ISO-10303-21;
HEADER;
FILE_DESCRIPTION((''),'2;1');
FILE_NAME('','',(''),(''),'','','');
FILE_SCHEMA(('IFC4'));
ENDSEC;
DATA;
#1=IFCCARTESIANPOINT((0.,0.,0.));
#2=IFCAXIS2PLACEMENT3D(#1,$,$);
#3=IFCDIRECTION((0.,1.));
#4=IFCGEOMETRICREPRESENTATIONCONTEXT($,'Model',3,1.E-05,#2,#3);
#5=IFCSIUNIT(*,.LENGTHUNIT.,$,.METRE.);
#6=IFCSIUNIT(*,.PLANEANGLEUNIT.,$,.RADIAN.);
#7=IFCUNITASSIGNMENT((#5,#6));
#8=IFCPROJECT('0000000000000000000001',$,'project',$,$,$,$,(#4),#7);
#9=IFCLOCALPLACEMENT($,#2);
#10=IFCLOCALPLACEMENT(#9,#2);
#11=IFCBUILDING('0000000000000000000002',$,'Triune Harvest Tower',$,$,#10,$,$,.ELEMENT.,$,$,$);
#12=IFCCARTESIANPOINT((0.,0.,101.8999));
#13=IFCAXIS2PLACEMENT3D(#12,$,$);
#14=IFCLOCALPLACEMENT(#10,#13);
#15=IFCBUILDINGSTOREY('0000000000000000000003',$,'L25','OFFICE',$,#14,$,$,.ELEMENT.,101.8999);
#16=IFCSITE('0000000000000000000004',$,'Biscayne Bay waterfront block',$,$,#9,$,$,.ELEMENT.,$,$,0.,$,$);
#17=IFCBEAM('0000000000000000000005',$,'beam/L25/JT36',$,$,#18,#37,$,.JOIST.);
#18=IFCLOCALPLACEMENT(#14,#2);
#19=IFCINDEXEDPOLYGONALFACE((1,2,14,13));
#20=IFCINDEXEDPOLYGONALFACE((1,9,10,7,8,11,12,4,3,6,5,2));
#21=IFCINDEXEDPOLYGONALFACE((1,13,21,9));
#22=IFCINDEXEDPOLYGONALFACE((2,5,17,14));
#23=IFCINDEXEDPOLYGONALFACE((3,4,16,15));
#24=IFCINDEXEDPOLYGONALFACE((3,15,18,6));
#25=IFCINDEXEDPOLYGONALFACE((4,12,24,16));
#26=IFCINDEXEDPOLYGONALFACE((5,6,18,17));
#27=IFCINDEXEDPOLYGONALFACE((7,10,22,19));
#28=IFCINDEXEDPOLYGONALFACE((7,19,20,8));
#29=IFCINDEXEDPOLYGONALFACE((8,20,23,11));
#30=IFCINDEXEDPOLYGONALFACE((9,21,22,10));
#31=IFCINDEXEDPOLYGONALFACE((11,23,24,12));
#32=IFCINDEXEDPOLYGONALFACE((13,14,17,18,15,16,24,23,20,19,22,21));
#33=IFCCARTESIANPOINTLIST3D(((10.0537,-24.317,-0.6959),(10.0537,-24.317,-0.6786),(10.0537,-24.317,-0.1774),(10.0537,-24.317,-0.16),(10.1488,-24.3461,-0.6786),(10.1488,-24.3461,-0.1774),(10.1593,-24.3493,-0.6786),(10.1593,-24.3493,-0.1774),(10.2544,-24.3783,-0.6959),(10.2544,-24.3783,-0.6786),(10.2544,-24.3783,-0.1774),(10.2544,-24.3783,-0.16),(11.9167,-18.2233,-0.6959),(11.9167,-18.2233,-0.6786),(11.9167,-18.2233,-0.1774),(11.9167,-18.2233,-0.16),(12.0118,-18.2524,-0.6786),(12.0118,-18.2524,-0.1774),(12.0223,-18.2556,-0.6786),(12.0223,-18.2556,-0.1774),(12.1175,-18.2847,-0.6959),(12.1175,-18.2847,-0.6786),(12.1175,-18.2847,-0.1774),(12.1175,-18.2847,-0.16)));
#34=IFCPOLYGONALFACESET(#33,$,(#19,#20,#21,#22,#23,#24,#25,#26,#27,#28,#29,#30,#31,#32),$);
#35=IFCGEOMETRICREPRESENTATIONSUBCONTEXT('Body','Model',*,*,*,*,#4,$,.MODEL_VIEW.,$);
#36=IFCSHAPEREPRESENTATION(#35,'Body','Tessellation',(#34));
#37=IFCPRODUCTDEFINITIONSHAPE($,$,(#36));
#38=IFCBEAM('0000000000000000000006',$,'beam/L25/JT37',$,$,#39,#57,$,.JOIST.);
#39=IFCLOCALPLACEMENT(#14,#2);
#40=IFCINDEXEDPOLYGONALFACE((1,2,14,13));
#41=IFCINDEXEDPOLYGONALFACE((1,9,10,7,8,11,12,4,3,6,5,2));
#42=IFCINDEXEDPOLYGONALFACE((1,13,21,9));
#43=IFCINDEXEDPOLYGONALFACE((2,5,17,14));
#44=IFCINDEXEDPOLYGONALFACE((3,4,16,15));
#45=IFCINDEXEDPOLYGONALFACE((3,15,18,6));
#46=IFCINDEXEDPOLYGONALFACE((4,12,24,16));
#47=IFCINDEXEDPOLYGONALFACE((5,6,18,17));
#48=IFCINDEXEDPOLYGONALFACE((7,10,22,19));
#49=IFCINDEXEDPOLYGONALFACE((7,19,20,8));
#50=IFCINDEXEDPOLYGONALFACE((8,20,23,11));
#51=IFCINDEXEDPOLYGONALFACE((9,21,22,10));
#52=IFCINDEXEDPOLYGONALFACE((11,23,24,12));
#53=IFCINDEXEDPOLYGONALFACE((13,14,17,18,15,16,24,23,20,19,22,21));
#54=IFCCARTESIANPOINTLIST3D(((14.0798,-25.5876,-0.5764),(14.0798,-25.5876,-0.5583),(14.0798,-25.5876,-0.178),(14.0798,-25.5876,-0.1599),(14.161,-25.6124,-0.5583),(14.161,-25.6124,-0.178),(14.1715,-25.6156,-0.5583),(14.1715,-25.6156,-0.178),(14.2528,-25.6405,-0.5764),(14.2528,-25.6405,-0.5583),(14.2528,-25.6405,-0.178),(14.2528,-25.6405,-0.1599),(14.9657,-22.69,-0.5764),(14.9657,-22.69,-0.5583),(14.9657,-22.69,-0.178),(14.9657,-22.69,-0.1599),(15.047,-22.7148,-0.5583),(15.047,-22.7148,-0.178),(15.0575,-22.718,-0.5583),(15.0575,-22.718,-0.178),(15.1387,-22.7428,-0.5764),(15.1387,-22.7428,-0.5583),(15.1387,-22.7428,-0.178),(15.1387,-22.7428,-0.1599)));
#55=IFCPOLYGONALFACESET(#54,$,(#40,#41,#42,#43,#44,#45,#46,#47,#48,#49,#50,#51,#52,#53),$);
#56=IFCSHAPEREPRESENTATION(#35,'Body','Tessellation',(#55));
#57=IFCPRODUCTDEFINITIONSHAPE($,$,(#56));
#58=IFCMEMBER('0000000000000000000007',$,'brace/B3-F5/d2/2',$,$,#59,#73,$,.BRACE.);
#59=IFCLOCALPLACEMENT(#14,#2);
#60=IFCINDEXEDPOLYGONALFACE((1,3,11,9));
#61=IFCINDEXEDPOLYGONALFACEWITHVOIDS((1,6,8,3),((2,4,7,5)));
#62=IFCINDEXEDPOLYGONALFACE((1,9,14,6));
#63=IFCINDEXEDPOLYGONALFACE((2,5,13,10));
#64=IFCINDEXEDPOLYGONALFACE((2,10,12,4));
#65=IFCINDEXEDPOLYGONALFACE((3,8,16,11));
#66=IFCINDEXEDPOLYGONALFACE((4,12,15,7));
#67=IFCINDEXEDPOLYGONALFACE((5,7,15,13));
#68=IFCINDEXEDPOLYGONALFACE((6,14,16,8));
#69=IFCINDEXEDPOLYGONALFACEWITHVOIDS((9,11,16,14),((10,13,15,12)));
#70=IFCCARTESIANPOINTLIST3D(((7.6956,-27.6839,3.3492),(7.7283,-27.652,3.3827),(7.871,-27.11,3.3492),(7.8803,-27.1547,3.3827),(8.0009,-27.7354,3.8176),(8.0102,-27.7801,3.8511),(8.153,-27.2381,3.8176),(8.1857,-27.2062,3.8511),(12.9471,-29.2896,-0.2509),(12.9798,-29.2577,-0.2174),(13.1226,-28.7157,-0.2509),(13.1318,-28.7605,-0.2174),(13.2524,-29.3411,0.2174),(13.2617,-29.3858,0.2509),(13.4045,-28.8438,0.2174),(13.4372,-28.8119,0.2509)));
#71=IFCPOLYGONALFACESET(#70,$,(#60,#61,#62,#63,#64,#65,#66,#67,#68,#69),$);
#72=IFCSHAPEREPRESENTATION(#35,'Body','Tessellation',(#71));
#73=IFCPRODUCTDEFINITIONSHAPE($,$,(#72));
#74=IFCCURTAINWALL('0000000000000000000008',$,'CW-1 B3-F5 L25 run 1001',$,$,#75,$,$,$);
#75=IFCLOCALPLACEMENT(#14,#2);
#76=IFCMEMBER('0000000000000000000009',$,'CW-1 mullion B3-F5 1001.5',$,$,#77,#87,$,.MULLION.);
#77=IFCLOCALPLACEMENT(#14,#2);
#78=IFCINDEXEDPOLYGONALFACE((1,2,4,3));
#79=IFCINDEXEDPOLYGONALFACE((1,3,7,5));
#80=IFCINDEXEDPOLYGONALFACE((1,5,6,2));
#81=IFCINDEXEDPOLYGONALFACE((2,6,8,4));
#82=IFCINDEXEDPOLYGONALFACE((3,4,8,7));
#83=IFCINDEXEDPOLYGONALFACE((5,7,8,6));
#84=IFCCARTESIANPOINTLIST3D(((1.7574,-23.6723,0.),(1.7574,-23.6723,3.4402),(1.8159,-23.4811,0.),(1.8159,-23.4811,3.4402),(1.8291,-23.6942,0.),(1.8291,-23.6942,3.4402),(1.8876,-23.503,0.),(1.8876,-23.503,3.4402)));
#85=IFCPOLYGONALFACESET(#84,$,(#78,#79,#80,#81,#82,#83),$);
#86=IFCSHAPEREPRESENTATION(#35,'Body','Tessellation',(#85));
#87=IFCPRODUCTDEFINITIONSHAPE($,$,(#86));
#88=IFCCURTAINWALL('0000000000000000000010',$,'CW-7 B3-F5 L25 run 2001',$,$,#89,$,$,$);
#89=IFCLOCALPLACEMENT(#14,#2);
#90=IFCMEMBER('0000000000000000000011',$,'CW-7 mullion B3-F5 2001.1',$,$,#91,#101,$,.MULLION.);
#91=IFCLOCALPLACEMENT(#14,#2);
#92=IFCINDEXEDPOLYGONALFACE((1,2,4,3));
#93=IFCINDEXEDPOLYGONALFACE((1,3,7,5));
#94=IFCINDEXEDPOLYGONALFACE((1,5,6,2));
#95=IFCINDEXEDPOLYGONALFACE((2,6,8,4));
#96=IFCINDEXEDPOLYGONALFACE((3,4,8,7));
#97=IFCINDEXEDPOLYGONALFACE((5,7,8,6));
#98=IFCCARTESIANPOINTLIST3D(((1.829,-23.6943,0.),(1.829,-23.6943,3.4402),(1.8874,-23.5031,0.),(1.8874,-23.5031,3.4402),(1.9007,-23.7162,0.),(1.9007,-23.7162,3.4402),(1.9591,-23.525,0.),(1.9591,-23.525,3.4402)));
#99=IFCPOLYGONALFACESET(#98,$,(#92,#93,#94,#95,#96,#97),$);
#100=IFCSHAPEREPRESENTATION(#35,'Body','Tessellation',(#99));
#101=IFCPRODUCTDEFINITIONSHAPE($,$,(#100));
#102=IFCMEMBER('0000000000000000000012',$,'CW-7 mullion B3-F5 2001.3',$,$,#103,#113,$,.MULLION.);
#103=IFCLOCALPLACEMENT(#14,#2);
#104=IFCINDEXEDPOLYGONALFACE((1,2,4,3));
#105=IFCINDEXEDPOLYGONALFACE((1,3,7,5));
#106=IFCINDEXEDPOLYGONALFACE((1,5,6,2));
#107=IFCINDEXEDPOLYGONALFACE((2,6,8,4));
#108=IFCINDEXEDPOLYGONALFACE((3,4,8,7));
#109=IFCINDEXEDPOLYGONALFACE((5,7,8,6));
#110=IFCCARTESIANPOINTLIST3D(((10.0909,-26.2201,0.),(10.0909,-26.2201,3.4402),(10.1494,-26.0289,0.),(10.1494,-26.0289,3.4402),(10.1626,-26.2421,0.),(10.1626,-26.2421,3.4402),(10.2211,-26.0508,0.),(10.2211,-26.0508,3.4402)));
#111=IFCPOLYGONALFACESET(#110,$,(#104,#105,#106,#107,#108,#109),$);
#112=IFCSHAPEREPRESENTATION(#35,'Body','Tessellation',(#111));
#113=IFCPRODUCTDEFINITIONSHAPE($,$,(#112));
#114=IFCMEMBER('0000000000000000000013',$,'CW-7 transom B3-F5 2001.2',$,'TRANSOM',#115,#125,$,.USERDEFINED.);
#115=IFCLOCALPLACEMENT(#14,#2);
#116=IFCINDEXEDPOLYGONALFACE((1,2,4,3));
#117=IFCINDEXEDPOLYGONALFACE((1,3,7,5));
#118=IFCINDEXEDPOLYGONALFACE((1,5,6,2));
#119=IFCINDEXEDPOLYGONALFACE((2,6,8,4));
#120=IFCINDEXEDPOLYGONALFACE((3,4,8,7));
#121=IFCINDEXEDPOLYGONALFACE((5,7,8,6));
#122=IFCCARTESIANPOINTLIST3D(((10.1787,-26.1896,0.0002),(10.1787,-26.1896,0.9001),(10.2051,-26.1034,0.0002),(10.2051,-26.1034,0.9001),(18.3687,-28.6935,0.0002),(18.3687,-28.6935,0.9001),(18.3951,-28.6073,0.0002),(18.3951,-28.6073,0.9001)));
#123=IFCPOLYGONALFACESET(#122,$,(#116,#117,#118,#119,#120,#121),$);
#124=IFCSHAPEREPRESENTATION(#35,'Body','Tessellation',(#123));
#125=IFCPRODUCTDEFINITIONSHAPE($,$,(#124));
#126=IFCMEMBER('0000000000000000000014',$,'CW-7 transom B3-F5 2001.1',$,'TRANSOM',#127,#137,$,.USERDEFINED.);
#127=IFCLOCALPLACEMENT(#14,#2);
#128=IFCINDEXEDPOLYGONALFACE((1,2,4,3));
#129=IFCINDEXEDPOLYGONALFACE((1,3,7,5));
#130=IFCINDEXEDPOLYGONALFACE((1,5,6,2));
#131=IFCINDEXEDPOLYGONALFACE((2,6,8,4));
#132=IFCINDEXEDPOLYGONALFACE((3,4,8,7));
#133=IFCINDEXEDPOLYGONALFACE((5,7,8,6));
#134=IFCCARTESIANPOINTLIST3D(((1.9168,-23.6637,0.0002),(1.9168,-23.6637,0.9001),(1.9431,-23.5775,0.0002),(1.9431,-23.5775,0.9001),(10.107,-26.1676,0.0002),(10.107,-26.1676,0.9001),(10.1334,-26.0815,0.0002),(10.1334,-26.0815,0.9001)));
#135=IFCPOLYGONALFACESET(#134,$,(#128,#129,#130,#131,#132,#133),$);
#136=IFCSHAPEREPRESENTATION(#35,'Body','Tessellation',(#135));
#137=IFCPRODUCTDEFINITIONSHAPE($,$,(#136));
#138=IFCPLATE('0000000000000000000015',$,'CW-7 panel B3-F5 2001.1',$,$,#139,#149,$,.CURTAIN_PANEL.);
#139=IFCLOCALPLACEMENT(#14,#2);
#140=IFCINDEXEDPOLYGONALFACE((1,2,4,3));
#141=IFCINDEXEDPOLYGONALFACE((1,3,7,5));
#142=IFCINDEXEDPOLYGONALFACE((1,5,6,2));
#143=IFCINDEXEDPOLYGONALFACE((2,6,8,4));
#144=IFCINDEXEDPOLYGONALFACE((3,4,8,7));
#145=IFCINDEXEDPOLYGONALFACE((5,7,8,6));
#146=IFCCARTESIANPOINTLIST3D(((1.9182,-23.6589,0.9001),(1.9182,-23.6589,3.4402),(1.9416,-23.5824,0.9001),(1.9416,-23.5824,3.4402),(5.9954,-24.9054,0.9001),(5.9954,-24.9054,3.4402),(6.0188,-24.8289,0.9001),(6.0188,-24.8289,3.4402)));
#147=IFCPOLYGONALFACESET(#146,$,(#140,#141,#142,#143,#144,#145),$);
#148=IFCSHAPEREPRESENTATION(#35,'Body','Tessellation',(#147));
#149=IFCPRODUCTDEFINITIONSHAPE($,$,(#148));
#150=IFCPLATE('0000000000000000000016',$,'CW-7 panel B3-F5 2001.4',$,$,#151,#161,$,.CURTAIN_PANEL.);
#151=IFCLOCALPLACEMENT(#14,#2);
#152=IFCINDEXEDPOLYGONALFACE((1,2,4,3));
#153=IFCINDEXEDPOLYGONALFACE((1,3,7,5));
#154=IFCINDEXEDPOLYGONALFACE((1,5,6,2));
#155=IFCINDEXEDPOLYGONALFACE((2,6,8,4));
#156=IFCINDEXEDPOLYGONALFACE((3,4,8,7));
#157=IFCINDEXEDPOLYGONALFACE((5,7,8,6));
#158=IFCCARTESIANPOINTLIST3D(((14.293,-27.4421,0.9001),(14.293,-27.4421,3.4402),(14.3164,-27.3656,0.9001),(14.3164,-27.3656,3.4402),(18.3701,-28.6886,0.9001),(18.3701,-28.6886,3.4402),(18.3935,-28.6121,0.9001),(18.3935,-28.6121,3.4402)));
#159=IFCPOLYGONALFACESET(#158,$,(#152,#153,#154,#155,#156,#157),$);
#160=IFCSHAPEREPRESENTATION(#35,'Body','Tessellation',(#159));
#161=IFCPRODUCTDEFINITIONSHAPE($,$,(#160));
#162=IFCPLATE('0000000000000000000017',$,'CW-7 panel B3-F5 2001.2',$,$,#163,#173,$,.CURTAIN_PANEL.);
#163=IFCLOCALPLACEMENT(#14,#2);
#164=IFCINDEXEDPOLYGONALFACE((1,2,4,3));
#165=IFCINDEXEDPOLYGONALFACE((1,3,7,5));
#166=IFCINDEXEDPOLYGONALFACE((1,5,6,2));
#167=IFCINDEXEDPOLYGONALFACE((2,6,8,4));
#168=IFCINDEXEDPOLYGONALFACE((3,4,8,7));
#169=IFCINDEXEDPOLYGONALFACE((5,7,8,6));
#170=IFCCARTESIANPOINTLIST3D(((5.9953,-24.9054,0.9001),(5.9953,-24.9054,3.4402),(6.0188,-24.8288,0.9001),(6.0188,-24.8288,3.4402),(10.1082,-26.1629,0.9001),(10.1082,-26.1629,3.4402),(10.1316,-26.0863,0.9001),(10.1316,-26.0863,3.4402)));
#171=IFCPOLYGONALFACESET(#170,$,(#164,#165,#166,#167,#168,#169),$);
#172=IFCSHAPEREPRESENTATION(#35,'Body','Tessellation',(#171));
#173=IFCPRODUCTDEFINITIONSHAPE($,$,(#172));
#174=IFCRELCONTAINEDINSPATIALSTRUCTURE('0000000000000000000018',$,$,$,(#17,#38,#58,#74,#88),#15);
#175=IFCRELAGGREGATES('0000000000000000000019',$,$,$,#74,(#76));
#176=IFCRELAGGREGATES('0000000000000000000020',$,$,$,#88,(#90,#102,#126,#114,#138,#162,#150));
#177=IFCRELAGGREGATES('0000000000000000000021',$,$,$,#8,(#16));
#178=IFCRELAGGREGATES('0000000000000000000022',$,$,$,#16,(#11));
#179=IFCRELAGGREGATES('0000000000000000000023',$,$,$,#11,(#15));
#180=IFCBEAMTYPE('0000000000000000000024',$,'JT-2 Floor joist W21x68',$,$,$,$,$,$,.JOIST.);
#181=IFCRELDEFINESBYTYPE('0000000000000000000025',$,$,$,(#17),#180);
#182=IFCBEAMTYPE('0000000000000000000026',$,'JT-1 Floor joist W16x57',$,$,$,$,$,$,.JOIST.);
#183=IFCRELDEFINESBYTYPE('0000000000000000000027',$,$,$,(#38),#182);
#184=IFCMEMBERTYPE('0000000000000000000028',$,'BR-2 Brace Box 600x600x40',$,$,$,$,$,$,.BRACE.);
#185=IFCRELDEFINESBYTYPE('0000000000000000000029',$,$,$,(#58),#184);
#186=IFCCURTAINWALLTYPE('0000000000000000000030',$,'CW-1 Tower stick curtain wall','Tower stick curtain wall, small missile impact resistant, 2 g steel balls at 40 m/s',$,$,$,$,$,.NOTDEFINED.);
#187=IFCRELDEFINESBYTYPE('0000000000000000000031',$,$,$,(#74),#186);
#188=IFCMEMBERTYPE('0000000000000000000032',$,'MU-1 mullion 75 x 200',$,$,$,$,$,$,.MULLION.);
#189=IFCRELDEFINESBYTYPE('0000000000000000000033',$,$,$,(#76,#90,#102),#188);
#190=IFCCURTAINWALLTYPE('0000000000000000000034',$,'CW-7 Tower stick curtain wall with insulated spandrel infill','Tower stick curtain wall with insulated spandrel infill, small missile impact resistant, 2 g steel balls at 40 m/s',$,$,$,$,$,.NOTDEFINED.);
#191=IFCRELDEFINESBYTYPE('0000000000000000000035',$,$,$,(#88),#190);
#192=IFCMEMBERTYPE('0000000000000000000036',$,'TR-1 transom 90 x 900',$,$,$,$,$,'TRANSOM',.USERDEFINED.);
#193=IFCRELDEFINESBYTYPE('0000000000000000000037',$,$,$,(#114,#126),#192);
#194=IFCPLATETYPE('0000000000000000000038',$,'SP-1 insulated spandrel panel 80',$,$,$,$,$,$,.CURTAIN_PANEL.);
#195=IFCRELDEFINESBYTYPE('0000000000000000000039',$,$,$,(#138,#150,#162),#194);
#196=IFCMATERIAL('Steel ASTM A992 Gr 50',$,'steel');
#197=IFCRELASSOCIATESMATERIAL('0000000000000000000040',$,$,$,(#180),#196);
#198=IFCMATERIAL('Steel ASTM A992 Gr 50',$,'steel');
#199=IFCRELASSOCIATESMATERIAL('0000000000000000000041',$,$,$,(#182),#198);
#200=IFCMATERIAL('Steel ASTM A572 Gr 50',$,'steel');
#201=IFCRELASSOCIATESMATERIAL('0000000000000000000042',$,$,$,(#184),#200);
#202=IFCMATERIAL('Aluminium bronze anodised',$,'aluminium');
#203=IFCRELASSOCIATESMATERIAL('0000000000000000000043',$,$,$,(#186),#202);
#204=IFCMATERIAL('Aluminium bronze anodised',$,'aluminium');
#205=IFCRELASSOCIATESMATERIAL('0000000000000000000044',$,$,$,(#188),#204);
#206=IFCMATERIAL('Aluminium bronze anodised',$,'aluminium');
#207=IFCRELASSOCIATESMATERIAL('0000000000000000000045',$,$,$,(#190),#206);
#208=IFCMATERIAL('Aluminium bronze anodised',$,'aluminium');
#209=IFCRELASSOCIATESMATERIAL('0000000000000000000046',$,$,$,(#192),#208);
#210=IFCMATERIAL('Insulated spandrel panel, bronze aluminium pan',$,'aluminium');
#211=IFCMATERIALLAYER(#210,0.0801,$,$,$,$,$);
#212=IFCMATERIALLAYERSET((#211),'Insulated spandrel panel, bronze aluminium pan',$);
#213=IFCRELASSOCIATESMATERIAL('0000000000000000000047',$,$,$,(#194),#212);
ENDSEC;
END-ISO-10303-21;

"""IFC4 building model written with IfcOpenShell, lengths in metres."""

from ifc_helpers import new_model, si_unit, direction, frame, origin, origin_2d, place, context, subcontext, project, spatial, rectangle, hollow_rectangle, i_section, extrude, source, transform, mapped, material, layer, layer_set, material_profile, profile_set, type_object, element, aggregate, save


model = new_model("IFC4")

# Units and contexts
model_context = context("Model", 3, precision=1e-05, world=origin(), true_north=direction((0.0, 1.0)))
body_context = subcontext(model_context, "Body", "Model", "MODEL_VIEW")
ifc_project = project(units=[si_unit("LENGTHUNIT", "METRE"), si_unit("PLANEANGLEUNIT", "RADIAN")], contexts=[model_context])

# Site, building, storey
site_placement = place(None, origin())
site = spatial("IfcSite", under=ifc_project, at=site_placement, Name="Biscayne Bay waterfront block", CompositionType="ELEMENT", RefElevation=0.0)
building_placement = place(site_placement, origin())
building = spatial("IfcBuilding", under=site, at=building_placement, Name="Triune Harvest Tower", CompositionType="ELEMENT")
storey_placement = place(building_placement, frame((0.0, 0.0, 101.8999)))
storey = spatial("IfcBuildingStorey", under=building, at=storey_placement, Name="L25", Description="OFFICE", CompositionType="ELEMENT", Elevation=101.8999)

# Beams
ifc_material_1 = material(Name="Steel ASTM A992 Gr 50", Category="steel")
ifc_material_profile_1 = material_profile(ifc_material_1, i_section(OverallWidth=0.21, OverallDepth=0.5359, WebThickness=0.011, FlangeThickness=0.0173, at=origin_2d()), Name="W21x68")
ifc_profile_set_1 = profile_set([ifc_material_profile_1], Name="Steel ASTM A992 Gr 50")
beam_type_1 = type_object("IfcBeamType", Name="JT-2 Floor joist W21x68", PredefinedType="JOIST", material=ifc_profile_set_1)
shared_shape_1 = source(origin(), body_context, "Body", "SweptSolid", [
    extrude(i_section(OverallWidth=0.21, OverallDepth=0.5359, WebThickness=0.011, FlangeThickness=0.0173, at=origin_2d()), origin(), (0.0, 0.0, 1.0), 6.3721),
])
beam_1_placement = place(storey_placement, frame((10.1541, -24.3477, -0.428), z_axis=(0.29237, 0.956305, 0.0), x_axis=(-0.956305, 0.29237, 0.0)))
element("IfcBeam", 1, at=beam_1_placement, inside=storey, type_object=beam_type_1, Name="beam/L25/JT36", PredefinedType="JOIST", context=body_context, shape_type="MappedRepresentation", body=[
    mapped(shared_shape_1, transform((0.0, 0.0, 0.0), scale=1.0)),
])
ifc_material_2 = material(Name="Steel ASTM A992 Gr 50", Category="steel")
ifc_material_profile_2 = material_profile(ifc_material_2, i_section(OverallWidth=0.1809, OverallDepth=0.4165, WebThickness=0.011, FlangeThickness=0.0181, at=origin_2d()), Name="W16x57")
ifc_profile_set_2 = profile_set([ifc_material_profile_2], Name="Steel ASTM A992 Gr 50")
beam_type_2 = type_object("IfcBeamType", Name="JT-1 Floor joist W16x57", PredefinedType="JOIST", material=ifc_profile_set_2)
shared_shape_2 = source(origin(), body_context, "Body", "SweptSolid", [
    extrude(i_section(OverallWidth=0.1809, OverallDepth=0.4165, WebThickness=0.011, FlangeThickness=0.0181, at=origin_2d()), origin(), (0.0, 0.0, 1.0), 3.03),
])
beam_2_placement = place(storey_placement, frame((14.1663, -25.614, -0.3682), z_axis=(0.292393, 0.956298, 0.0), x_axis=(-0.956298, 0.292393, 0.0)))
element("IfcBeam", 2, at=beam_2_placement, inside=storey, type_object=beam_type_2, Name="beam/L25/JT37", PredefinedType="JOIST", context=body_context, shape_type="MappedRepresentation", body=[
    mapped(shared_shape_2, transform((0.0, 0.0, 0.0), scale=1.0)),
])

# Member
ifc_material_3 = material(Name="Steel ASTM A572 Gr 50", Category="steel")
ifc_material_profile_3 = material_profile(ifc_material_3, hollow_rectangle(XDim=0.6001, YDim=0.6001, WallThickness=0.04, at=origin_2d()), Name="Box 600x600x40")
ifc_profile_set_3 = profile_set([ifc_material_profile_3], Name="Steel ASTM A572 Gr 50")
member_type_1 = type_object("IfcMemberType", Name="BR-2 Brace Box 600x600x40", PredefinedType="BRACE", material=ifc_profile_set_3)
shared_shape_3 = source(origin(), body_context, "Body", "SweptSolid", [
    extrude(hollow_rectangle(XDim=0.6001, YDim=0.6001, WallThickness=0.04, at=origin_2d()), origin(), (0.0, 0.0, 1.0), 6.5664),
])
member_1_placement = place(storey_placement, frame((13.1921, -29.0508, 0.0), z_axis=(-0.799755, 0.244537, 0.548265), x_axis=(-0.292402, -0.956296, 0.0)))
element("IfcMember", 3, at=member_1_placement, inside=storey, type_object=member_type_1, Name="brace/B3-F5/d2/2", PredefinedType="BRACE", context=body_context, shape_type="MappedRepresentation", body=[
    mapped(shared_shape_3, transform((0.0, 0.0, 0.0), scale=1.0)),
])

# Curtain wall, member
ifc_material_4 = material(Name="Aluminium bronze anodised", Category="aluminium")
curtain_wall_type_1 = type_object("IfcCurtainWallType", Name="CW-1 Tower stick curtain wall", Description="Tower stick curtain wall, small missile impact resistant, 2 g steel balls at 40 m/s", PredefinedType="NOTDEFINED", material=ifc_material_4)
curtain_wall_1_placement = place(storey_placement, origin())
curtain_wall_1 = element("IfcCurtainWall", 4, at=curtain_wall_1_placement, inside=storey, type_object=curtain_wall_type_1, Name="CW-1 B3-F5 L25 run 1001")
ifc_material_5 = material(Name="Aluminium bronze anodised", Category="aluminium")
ifc_material_profile_4 = material_profile(ifc_material_5, rectangle(XDim=0.2, YDim=0.075, at=origin_2d()), Name="MU-1 mullion 75 x 200")
ifc_profile_set_4 = profile_set([ifc_material_profile_4], Name="Aluminium bronze anodised")
member_type_2 = type_object("IfcMemberType", Name="MU-1 mullion 75 x 200", PredefinedType="MULLION", material=ifc_profile_set_4)
shared_shape_4 = source(origin(), body_context, "Body", "SweptSolid", [
    extrude(rectangle(XDim=0.2, YDim=0.075, at=origin_2d()), origin(), (0.0, 0.0, 1.0), 3.4402),
])
member_2_placement = place(storey_placement, frame((1.8225, -23.5876, 0.0), z_axis=(0.0, 0.0, 1.0), x_axis=(0.292375, 0.956304, 0.0)))
member_2 = element("IfcMember", 5, at=member_2_placement, type_object=member_type_2, Name="CW-1 mullion B3-F5 1001.5", PredefinedType="MULLION", context=body_context, shape_type="MappedRepresentation", body=[
    mapped(shared_shape_4, transform((0.0, 0.0, 0.0), scale=1.0)),
])
aggregate(curtain_wall_1, [member_2])

# Curtain wall, members, plates
ifc_material_6 = material(Name="Aluminium bronze anodised", Category="aluminium")
curtain_wall_type_2 = type_object("IfcCurtainWallType", Name="CW-7 Tower stick curtain wall with insulated spandrel infill", Description="Tower stick curtain wall with insulated spandrel infill, small missile impact resistant, 2 g steel balls at 40 m/s", PredefinedType="NOTDEFINED", material=ifc_material_6)
curtain_wall_2_placement = place(storey_placement, origin())
curtain_wall_2 = element("IfcCurtainWall", 6, at=curtain_wall_2_placement, inside=storey, type_object=curtain_wall_type_2, Name="CW-7 B3-F5 L25 run 2001")
member_3_placement = place(storey_placement, frame((1.894, -23.6096, 0.0), z_axis=(0.0, 0.0, 1.0), x_axis=(0.292372, 0.956305, 0.0)))
member_3 = element("IfcMember", 7, at=member_3_placement, type_object=member_type_2, Name="CW-7 mullion B3-F5 2001.1", PredefinedType="MULLION", context=body_context, shape_type="MappedRepresentation", body=[
    mapped(shared_shape_4, transform((0.0, 0.0, 0.0), scale=1.0)),
])
member_4_placement = place(storey_placement, frame((10.156, -26.1355, 0.0), z_axis=(0.0, 0.0, 1.0), x_axis=(0.292372, 0.956305, 0.0)))
member_4 = element("IfcMember", 8, at=member_4_placement, type_object=member_type_2, Name="CW-7 mullion B3-F5 2001.3", PredefinedType="MULLION", context=body_context, shape_type="MappedRepresentation", body=[
    mapped(shared_shape_4, transform((0.0, 0.0, 0.0), scale=1.0)),
])
ifc_material_7 = material(Name="Aluminium bronze anodised", Category="aluminium")
ifc_material_profile_5 = material_profile(ifc_material_7, rectangle(XDim=0.0901, YDim=0.8999, at=origin_2d()), Name="TR-1 transom 90 x 900")
ifc_profile_set_5 = profile_set([ifc_material_profile_5], Name="Aluminium bronze anodised")
member_type_3 = type_object("IfcMemberType", Name="TR-1 transom 90 x 900", ElementType="TRANSOM", PredefinedType="USERDEFINED", material=ifc_profile_set_5)
shared_shape_5 = source(origin(), body_context, "Body", "SweptSolid", [
    extrude(rectangle(XDim=0.0901, YDim=0.8999, at=origin_2d()), origin(), (0.0, 0.0, 1.0), 8.5642),
])
member_5_placement = place(storey_placement, frame((10.1919, -26.1465, 0.4502), z_axis=(0.956305, -0.292371, 0.0), x_axis=(0.292371, 0.956305, 0.0)))
member_5 = element("IfcMember", 9, at=member_5_placement, type_object=member_type_3, Name="CW-7 transom B3-F5 2001.2", ObjectType="TRANSOM", PredefinedType="USERDEFINED", context=body_context, shape_type="MappedRepresentation", body=[
    mapped(shared_shape_5, transform((0.0, 0.0, 0.0), scale=1.0)),
])
shared_shape_6 = source(origin(), body_context, "Body", "SweptSolid", [
    extrude(rectangle(XDim=0.0901, YDim=0.8999, at=origin_2d()), origin(), (0.0, 0.0, 1.0), 8.5645),
])
member_6_placement = place(storey_placement, frame((1.9299, -23.6206, 0.4502), z_axis=(0.956308, -0.292363, 0.0), x_axis=(0.292363, 0.956308, 0.0)))
member_6 = element("IfcMember", 10, at=member_6_placement, type_object=member_type_3, Name="CW-7 transom B3-F5 2001.1", ObjectType="TRANSOM", PredefinedType="USERDEFINED", context=body_context, shape_type="MappedRepresentation", body=[
    mapped(shared_shape_6, transform((0.0, 0.0, 0.0), scale=1.0)),
])
ifc_material_8 = material(Name="Insulated spandrel panel, bronze aluminium pan", Category="aluminium")
ifc_layer_1 = layer(ifc_material_8, 0.0801)
ifc_layer_set_1 = layer_set([ifc_layer_1], Name="Insulated spandrel panel, bronze aluminium pan")
plate_type = type_object("IfcPlateType", Name="SP-1 insulated spandrel panel 80", PredefinedType="CURTAIN_PANEL", material=ifc_layer_set_1)
shared_shape_7 = source(origin(), body_context, "Body", "SweptSolid", [
    extrude(rectangle(XDim=4.2634, YDim=0.0801, at=origin_2d()), origin(), (0.0, 0.0, 1.0), 2.54),
])
plate_1_placement = place(storey_placement, frame((3.9685, -24.2439, 0.9001), z_axis=(0.0, 0.0, 1.0), x_axis=(0.956305, -0.292372, 0.0)))
plate_1 = element("IfcPlate", 11, at=plate_1_placement, type_object=plate_type, Name="CW-7 panel B3-F5 2001.1", PredefinedType="CURTAIN_PANEL", context=body_context, shape_type="MappedRepresentation", body=[
    mapped(shared_shape_7, transform((0.0, 0.0, 0.0), scale=1.0)),
])
plate_2_placement = place(storey_placement, frame((16.3433, -28.0271, 0.9001), z_axis=(0.0, 0.0, 1.0), x_axis=(0.956305, -0.292372, 0.0)))
plate_2 = element("IfcPlate", 12, at=plate_2_placement, type_object=plate_type, Name="CW-7 panel B3-F5 2001.4", PredefinedType="CURTAIN_PANEL", context=body_context, shape_type="MappedRepresentation", body=[
    mapped(shared_shape_7, transform((0.0, 0.0, 0.0), scale=1.0)),
])
shared_shape_8 = source(origin(), body_context, "Body", "SweptSolid", [
    extrude(rectangle(XDim=4.3008, YDim=0.0801, at=origin_2d()), origin(), (0.0, 0.0, 1.0), 2.54),
])
plate_3_placement = place(storey_placement, frame((8.0635, -25.4958, 0.9001), z_axis=(0.0, 0.0, 1.0), x_axis=(0.956305, -0.292372, 0.0)))
plate_3 = element("IfcPlate", 13, at=plate_3_placement, type_object=plate_type, Name="CW-7 panel B3-F5 2001.2", PredefinedType="CURTAIN_PANEL", context=body_context, shape_type="MappedRepresentation", body=[
    mapped(shared_shape_8, transform((0.0, 0.0, 0.0), scale=1.0)),
])
aggregate(curtain_wall_2, [member_3, member_4, member_6, member_5, plate_1, plate_3, plate_2])

save(model, "model.ifc")
